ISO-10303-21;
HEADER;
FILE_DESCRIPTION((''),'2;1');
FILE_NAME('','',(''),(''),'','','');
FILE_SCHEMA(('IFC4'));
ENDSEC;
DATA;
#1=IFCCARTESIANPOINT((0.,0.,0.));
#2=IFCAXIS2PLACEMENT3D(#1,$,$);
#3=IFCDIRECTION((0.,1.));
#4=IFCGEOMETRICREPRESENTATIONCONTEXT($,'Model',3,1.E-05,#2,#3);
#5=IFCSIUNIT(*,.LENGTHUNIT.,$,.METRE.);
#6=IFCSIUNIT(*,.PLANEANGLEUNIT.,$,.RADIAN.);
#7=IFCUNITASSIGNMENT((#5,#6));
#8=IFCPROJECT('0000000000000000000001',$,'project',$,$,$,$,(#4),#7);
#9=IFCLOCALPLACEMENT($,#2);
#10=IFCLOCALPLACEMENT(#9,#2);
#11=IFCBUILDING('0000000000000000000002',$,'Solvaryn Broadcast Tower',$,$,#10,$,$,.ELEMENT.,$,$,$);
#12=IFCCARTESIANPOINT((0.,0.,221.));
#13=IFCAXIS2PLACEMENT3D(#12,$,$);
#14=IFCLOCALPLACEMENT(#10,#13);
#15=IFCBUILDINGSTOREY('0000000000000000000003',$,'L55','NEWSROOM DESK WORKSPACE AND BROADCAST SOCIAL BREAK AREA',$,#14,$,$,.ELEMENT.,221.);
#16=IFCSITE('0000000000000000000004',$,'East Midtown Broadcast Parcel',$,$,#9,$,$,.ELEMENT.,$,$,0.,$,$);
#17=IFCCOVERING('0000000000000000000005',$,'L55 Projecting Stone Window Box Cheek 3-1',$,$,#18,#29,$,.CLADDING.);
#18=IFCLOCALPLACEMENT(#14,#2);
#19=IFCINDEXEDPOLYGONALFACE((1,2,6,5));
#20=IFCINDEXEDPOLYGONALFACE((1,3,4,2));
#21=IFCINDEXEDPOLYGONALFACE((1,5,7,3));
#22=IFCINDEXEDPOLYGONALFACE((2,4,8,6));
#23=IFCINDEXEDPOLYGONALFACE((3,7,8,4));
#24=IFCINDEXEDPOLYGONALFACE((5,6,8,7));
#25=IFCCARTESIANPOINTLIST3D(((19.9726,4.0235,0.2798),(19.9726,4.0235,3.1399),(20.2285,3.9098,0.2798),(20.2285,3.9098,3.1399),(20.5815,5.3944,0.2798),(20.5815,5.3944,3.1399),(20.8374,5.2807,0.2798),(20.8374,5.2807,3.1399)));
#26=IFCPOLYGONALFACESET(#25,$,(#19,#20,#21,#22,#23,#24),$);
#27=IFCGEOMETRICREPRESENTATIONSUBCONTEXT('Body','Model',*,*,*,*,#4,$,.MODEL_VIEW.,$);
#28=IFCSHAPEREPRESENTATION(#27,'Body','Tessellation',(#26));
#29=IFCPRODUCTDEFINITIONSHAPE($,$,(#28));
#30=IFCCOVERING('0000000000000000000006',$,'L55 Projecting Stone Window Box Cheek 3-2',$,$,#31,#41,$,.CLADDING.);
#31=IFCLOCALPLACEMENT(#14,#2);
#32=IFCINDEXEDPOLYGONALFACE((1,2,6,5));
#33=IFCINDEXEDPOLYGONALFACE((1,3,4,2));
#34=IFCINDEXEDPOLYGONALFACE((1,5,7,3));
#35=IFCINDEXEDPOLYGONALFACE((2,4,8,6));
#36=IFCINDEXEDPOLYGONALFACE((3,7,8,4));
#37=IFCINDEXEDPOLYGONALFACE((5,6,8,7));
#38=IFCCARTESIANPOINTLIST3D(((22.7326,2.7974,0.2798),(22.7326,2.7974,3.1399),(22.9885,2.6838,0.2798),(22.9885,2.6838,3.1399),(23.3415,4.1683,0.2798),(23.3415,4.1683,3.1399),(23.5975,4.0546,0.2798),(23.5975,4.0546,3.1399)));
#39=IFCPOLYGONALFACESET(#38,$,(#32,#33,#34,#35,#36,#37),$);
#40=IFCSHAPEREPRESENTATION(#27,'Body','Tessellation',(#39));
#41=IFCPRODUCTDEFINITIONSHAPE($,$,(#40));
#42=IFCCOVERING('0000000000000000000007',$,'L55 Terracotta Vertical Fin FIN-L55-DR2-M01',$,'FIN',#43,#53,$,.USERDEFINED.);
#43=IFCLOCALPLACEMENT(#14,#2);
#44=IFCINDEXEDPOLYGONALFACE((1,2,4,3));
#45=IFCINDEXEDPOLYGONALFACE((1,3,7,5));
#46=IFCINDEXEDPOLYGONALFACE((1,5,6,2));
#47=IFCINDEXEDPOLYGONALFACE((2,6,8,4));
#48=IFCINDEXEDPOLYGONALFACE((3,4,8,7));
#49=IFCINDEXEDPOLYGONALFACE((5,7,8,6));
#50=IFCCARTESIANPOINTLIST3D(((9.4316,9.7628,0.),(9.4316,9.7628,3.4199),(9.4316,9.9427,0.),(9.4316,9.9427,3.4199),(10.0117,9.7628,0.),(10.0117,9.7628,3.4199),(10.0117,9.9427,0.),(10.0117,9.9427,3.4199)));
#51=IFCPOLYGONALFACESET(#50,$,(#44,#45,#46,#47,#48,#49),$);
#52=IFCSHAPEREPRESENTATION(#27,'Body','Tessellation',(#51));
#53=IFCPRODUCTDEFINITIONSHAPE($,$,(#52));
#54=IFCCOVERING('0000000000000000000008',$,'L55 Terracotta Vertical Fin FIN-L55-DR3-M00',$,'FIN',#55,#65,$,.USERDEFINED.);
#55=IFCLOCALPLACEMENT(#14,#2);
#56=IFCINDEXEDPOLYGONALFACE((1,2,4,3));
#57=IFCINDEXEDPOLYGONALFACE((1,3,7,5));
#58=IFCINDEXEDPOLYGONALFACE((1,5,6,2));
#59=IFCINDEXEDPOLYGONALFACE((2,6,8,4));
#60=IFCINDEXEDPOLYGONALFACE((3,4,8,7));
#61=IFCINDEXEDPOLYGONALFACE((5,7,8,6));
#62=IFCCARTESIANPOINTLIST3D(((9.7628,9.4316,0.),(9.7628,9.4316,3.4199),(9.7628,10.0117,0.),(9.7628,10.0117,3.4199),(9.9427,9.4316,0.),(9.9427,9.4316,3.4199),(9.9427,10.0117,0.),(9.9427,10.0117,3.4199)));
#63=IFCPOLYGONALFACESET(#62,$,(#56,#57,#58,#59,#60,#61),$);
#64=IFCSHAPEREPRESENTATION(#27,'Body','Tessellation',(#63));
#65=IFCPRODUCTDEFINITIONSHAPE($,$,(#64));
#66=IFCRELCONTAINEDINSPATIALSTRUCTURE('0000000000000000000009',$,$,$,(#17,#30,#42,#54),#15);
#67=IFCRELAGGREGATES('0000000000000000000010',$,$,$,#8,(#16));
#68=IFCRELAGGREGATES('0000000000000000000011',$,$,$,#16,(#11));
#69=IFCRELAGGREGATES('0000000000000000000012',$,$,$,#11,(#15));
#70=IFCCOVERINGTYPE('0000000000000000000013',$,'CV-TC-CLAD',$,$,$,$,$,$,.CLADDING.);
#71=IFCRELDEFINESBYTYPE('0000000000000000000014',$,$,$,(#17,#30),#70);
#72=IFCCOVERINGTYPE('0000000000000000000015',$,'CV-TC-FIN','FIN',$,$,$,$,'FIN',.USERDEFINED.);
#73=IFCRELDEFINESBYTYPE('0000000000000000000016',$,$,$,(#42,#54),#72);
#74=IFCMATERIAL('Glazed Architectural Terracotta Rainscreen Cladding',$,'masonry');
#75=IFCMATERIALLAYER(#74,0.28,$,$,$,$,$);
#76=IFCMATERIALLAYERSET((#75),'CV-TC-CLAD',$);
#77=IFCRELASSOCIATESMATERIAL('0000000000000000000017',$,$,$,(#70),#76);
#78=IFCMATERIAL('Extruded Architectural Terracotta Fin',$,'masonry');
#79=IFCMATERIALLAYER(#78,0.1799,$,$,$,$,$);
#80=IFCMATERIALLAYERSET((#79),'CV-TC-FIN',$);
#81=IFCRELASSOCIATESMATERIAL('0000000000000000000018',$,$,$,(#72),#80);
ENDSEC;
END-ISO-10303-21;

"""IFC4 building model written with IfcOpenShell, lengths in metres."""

from ifc_helpers import new_model, si_unit, direction, frame, origin, origin_2d, place, context, subcontext, project, spatial, rectangle, extrude, material, layer, layer_set, type_object, element, save


model = new_model("IFC4")

# Units and contexts
model_context = context("Model", 3, precision=1e-05, world=origin(), true_north=direction((0.0, 1.0)))
body_context = subcontext(model_context, "Body", "Model", "MODEL_VIEW")
ifc_project = project(units=[si_unit("LENGTHUNIT", "METRE"), si_unit("PLANEANGLEUNIT", "RADIAN")], contexts=[model_context])

# Site, building, storey
site_placement = place(None, origin())
site = spatial("IfcSite", under=ifc_project, at=site_placement, Name="East Midtown Broadcast Parcel", CompositionType="ELEMENT", RefElevation=0.0)
building_placement = place(site_placement, origin())
building = spatial("IfcBuilding", under=site, at=building_placement, Name="Solvaryn Broadcast Tower", CompositionType="ELEMENT")
storey_placement = place(building_placement, frame((0.0, 0.0, 221.0)))
storey = spatial("IfcBuildingStorey", under=building, at=storey_placement, Name="L55", Description="NEWSROOM DESK WORKSPACE AND BROADCAST SOCIAL BREAK AREA", CompositionType="ELEMENT", Elevation=221.0)

# Coverings
ifc_material_1 = material(Name="Glazed Architectural Terracotta Rainscreen Cladding", Category="masonry")
ifc_layer_1 = layer(ifc_material_1, 0.28)
ifc_layer_set_1 = layer_set([ifc_layer_1], Name="CV-TC-CLAD")
covering_type_1 = type_object("IfcCoveringType", Name="CV-TC-CLAD", PredefinedType="CLADDING", material=ifc_layer_set_1)
for number, where, z_axis, x_axis, name in (
    (1, (20.405, 4.6521, 0.2798), (0.0, 0.0, 1.0), (0.9139, -0.405939, 0.0), "L55 Projecting Stone Window Box Cheek 3-1"),
    (2, (23.165, 3.426, 0.2798), (0.0, 0.0, 1.0), (0.9139, -0.405939, 0.0), "L55 Projecting Stone Window Box Cheek 3-2"),
):
    element("IfcCovering", number, at=place(storey_placement, frame(where, z_axis=z_axis, x_axis=x_axis)), inside=storey, type_object=covering_type_1, Name=name, PredefinedType="CLADDING", context=body_context, shape_type="SweptSolid", body=[
        extrude(rectangle(XDim=0.28, YDim=1.5, at=origin_2d()), origin(), (0.0, 0.0, 1.0), 2.8601),
    ])
ifc_material_2 = material(Name="Extruded Architectural Terracotta Fin", Category="masonry")
ifc_layer_2 = layer(ifc_material_2, 0.1799)
ifc_layer_set_2 = layer_set([ifc_layer_2], Name="CV-TC-FIN")
covering_type_2 = type_object("IfcCoveringType", Name="CV-TC-FIN", Description="FIN", ElementType="FIN", PredefinedType="USERDEFINED", material=ifc_layer_set_2)
covering_1_placement = place(storey_placement, frame((9.7217, 9.8528, 0.0), z_axis=(0.0, 0.0, 1.0), x_axis=(1.0, 0.0, 0.0)))
element("IfcCovering", 3, at=covering_1_placement, inside=storey, type_object=covering_type_2, Name="L55 Terracotta Vertical Fin FIN-L55-DR2-M01", ObjectType="FIN", PredefinedType="USERDEFINED", context=body_context, shape_type="SweptSolid", body=[
    extrude(rectangle(XDim=0.5801, YDim=0.1799, at=origin_2d()), origin(), (0.0, 0.0, 1.0), 3.4199),
])
covering_2_placement = place(storey_placement, frame((9.8528, 9.7217, 0.0), z_axis=(0.0, 0.0, 1.0), x_axis=(1.0, 0.0, 0.0)))
element("IfcCovering", 4, at=covering_2_placement, inside=storey, type_object=covering_type_2, Name="L55 Terracotta Vertical Fin FIN-L55-DR3-M00", ObjectType="FIN", PredefinedType="USERDEFINED", context=body_context, shape_type="SweptSolid", body=[
    extrude(rectangle(XDim=0.1799, YDim=0.5801, at=origin_2d()), origin(), (0.0, 0.0, 1.0), 3.4199),
])

save(model, "model.ifc")
